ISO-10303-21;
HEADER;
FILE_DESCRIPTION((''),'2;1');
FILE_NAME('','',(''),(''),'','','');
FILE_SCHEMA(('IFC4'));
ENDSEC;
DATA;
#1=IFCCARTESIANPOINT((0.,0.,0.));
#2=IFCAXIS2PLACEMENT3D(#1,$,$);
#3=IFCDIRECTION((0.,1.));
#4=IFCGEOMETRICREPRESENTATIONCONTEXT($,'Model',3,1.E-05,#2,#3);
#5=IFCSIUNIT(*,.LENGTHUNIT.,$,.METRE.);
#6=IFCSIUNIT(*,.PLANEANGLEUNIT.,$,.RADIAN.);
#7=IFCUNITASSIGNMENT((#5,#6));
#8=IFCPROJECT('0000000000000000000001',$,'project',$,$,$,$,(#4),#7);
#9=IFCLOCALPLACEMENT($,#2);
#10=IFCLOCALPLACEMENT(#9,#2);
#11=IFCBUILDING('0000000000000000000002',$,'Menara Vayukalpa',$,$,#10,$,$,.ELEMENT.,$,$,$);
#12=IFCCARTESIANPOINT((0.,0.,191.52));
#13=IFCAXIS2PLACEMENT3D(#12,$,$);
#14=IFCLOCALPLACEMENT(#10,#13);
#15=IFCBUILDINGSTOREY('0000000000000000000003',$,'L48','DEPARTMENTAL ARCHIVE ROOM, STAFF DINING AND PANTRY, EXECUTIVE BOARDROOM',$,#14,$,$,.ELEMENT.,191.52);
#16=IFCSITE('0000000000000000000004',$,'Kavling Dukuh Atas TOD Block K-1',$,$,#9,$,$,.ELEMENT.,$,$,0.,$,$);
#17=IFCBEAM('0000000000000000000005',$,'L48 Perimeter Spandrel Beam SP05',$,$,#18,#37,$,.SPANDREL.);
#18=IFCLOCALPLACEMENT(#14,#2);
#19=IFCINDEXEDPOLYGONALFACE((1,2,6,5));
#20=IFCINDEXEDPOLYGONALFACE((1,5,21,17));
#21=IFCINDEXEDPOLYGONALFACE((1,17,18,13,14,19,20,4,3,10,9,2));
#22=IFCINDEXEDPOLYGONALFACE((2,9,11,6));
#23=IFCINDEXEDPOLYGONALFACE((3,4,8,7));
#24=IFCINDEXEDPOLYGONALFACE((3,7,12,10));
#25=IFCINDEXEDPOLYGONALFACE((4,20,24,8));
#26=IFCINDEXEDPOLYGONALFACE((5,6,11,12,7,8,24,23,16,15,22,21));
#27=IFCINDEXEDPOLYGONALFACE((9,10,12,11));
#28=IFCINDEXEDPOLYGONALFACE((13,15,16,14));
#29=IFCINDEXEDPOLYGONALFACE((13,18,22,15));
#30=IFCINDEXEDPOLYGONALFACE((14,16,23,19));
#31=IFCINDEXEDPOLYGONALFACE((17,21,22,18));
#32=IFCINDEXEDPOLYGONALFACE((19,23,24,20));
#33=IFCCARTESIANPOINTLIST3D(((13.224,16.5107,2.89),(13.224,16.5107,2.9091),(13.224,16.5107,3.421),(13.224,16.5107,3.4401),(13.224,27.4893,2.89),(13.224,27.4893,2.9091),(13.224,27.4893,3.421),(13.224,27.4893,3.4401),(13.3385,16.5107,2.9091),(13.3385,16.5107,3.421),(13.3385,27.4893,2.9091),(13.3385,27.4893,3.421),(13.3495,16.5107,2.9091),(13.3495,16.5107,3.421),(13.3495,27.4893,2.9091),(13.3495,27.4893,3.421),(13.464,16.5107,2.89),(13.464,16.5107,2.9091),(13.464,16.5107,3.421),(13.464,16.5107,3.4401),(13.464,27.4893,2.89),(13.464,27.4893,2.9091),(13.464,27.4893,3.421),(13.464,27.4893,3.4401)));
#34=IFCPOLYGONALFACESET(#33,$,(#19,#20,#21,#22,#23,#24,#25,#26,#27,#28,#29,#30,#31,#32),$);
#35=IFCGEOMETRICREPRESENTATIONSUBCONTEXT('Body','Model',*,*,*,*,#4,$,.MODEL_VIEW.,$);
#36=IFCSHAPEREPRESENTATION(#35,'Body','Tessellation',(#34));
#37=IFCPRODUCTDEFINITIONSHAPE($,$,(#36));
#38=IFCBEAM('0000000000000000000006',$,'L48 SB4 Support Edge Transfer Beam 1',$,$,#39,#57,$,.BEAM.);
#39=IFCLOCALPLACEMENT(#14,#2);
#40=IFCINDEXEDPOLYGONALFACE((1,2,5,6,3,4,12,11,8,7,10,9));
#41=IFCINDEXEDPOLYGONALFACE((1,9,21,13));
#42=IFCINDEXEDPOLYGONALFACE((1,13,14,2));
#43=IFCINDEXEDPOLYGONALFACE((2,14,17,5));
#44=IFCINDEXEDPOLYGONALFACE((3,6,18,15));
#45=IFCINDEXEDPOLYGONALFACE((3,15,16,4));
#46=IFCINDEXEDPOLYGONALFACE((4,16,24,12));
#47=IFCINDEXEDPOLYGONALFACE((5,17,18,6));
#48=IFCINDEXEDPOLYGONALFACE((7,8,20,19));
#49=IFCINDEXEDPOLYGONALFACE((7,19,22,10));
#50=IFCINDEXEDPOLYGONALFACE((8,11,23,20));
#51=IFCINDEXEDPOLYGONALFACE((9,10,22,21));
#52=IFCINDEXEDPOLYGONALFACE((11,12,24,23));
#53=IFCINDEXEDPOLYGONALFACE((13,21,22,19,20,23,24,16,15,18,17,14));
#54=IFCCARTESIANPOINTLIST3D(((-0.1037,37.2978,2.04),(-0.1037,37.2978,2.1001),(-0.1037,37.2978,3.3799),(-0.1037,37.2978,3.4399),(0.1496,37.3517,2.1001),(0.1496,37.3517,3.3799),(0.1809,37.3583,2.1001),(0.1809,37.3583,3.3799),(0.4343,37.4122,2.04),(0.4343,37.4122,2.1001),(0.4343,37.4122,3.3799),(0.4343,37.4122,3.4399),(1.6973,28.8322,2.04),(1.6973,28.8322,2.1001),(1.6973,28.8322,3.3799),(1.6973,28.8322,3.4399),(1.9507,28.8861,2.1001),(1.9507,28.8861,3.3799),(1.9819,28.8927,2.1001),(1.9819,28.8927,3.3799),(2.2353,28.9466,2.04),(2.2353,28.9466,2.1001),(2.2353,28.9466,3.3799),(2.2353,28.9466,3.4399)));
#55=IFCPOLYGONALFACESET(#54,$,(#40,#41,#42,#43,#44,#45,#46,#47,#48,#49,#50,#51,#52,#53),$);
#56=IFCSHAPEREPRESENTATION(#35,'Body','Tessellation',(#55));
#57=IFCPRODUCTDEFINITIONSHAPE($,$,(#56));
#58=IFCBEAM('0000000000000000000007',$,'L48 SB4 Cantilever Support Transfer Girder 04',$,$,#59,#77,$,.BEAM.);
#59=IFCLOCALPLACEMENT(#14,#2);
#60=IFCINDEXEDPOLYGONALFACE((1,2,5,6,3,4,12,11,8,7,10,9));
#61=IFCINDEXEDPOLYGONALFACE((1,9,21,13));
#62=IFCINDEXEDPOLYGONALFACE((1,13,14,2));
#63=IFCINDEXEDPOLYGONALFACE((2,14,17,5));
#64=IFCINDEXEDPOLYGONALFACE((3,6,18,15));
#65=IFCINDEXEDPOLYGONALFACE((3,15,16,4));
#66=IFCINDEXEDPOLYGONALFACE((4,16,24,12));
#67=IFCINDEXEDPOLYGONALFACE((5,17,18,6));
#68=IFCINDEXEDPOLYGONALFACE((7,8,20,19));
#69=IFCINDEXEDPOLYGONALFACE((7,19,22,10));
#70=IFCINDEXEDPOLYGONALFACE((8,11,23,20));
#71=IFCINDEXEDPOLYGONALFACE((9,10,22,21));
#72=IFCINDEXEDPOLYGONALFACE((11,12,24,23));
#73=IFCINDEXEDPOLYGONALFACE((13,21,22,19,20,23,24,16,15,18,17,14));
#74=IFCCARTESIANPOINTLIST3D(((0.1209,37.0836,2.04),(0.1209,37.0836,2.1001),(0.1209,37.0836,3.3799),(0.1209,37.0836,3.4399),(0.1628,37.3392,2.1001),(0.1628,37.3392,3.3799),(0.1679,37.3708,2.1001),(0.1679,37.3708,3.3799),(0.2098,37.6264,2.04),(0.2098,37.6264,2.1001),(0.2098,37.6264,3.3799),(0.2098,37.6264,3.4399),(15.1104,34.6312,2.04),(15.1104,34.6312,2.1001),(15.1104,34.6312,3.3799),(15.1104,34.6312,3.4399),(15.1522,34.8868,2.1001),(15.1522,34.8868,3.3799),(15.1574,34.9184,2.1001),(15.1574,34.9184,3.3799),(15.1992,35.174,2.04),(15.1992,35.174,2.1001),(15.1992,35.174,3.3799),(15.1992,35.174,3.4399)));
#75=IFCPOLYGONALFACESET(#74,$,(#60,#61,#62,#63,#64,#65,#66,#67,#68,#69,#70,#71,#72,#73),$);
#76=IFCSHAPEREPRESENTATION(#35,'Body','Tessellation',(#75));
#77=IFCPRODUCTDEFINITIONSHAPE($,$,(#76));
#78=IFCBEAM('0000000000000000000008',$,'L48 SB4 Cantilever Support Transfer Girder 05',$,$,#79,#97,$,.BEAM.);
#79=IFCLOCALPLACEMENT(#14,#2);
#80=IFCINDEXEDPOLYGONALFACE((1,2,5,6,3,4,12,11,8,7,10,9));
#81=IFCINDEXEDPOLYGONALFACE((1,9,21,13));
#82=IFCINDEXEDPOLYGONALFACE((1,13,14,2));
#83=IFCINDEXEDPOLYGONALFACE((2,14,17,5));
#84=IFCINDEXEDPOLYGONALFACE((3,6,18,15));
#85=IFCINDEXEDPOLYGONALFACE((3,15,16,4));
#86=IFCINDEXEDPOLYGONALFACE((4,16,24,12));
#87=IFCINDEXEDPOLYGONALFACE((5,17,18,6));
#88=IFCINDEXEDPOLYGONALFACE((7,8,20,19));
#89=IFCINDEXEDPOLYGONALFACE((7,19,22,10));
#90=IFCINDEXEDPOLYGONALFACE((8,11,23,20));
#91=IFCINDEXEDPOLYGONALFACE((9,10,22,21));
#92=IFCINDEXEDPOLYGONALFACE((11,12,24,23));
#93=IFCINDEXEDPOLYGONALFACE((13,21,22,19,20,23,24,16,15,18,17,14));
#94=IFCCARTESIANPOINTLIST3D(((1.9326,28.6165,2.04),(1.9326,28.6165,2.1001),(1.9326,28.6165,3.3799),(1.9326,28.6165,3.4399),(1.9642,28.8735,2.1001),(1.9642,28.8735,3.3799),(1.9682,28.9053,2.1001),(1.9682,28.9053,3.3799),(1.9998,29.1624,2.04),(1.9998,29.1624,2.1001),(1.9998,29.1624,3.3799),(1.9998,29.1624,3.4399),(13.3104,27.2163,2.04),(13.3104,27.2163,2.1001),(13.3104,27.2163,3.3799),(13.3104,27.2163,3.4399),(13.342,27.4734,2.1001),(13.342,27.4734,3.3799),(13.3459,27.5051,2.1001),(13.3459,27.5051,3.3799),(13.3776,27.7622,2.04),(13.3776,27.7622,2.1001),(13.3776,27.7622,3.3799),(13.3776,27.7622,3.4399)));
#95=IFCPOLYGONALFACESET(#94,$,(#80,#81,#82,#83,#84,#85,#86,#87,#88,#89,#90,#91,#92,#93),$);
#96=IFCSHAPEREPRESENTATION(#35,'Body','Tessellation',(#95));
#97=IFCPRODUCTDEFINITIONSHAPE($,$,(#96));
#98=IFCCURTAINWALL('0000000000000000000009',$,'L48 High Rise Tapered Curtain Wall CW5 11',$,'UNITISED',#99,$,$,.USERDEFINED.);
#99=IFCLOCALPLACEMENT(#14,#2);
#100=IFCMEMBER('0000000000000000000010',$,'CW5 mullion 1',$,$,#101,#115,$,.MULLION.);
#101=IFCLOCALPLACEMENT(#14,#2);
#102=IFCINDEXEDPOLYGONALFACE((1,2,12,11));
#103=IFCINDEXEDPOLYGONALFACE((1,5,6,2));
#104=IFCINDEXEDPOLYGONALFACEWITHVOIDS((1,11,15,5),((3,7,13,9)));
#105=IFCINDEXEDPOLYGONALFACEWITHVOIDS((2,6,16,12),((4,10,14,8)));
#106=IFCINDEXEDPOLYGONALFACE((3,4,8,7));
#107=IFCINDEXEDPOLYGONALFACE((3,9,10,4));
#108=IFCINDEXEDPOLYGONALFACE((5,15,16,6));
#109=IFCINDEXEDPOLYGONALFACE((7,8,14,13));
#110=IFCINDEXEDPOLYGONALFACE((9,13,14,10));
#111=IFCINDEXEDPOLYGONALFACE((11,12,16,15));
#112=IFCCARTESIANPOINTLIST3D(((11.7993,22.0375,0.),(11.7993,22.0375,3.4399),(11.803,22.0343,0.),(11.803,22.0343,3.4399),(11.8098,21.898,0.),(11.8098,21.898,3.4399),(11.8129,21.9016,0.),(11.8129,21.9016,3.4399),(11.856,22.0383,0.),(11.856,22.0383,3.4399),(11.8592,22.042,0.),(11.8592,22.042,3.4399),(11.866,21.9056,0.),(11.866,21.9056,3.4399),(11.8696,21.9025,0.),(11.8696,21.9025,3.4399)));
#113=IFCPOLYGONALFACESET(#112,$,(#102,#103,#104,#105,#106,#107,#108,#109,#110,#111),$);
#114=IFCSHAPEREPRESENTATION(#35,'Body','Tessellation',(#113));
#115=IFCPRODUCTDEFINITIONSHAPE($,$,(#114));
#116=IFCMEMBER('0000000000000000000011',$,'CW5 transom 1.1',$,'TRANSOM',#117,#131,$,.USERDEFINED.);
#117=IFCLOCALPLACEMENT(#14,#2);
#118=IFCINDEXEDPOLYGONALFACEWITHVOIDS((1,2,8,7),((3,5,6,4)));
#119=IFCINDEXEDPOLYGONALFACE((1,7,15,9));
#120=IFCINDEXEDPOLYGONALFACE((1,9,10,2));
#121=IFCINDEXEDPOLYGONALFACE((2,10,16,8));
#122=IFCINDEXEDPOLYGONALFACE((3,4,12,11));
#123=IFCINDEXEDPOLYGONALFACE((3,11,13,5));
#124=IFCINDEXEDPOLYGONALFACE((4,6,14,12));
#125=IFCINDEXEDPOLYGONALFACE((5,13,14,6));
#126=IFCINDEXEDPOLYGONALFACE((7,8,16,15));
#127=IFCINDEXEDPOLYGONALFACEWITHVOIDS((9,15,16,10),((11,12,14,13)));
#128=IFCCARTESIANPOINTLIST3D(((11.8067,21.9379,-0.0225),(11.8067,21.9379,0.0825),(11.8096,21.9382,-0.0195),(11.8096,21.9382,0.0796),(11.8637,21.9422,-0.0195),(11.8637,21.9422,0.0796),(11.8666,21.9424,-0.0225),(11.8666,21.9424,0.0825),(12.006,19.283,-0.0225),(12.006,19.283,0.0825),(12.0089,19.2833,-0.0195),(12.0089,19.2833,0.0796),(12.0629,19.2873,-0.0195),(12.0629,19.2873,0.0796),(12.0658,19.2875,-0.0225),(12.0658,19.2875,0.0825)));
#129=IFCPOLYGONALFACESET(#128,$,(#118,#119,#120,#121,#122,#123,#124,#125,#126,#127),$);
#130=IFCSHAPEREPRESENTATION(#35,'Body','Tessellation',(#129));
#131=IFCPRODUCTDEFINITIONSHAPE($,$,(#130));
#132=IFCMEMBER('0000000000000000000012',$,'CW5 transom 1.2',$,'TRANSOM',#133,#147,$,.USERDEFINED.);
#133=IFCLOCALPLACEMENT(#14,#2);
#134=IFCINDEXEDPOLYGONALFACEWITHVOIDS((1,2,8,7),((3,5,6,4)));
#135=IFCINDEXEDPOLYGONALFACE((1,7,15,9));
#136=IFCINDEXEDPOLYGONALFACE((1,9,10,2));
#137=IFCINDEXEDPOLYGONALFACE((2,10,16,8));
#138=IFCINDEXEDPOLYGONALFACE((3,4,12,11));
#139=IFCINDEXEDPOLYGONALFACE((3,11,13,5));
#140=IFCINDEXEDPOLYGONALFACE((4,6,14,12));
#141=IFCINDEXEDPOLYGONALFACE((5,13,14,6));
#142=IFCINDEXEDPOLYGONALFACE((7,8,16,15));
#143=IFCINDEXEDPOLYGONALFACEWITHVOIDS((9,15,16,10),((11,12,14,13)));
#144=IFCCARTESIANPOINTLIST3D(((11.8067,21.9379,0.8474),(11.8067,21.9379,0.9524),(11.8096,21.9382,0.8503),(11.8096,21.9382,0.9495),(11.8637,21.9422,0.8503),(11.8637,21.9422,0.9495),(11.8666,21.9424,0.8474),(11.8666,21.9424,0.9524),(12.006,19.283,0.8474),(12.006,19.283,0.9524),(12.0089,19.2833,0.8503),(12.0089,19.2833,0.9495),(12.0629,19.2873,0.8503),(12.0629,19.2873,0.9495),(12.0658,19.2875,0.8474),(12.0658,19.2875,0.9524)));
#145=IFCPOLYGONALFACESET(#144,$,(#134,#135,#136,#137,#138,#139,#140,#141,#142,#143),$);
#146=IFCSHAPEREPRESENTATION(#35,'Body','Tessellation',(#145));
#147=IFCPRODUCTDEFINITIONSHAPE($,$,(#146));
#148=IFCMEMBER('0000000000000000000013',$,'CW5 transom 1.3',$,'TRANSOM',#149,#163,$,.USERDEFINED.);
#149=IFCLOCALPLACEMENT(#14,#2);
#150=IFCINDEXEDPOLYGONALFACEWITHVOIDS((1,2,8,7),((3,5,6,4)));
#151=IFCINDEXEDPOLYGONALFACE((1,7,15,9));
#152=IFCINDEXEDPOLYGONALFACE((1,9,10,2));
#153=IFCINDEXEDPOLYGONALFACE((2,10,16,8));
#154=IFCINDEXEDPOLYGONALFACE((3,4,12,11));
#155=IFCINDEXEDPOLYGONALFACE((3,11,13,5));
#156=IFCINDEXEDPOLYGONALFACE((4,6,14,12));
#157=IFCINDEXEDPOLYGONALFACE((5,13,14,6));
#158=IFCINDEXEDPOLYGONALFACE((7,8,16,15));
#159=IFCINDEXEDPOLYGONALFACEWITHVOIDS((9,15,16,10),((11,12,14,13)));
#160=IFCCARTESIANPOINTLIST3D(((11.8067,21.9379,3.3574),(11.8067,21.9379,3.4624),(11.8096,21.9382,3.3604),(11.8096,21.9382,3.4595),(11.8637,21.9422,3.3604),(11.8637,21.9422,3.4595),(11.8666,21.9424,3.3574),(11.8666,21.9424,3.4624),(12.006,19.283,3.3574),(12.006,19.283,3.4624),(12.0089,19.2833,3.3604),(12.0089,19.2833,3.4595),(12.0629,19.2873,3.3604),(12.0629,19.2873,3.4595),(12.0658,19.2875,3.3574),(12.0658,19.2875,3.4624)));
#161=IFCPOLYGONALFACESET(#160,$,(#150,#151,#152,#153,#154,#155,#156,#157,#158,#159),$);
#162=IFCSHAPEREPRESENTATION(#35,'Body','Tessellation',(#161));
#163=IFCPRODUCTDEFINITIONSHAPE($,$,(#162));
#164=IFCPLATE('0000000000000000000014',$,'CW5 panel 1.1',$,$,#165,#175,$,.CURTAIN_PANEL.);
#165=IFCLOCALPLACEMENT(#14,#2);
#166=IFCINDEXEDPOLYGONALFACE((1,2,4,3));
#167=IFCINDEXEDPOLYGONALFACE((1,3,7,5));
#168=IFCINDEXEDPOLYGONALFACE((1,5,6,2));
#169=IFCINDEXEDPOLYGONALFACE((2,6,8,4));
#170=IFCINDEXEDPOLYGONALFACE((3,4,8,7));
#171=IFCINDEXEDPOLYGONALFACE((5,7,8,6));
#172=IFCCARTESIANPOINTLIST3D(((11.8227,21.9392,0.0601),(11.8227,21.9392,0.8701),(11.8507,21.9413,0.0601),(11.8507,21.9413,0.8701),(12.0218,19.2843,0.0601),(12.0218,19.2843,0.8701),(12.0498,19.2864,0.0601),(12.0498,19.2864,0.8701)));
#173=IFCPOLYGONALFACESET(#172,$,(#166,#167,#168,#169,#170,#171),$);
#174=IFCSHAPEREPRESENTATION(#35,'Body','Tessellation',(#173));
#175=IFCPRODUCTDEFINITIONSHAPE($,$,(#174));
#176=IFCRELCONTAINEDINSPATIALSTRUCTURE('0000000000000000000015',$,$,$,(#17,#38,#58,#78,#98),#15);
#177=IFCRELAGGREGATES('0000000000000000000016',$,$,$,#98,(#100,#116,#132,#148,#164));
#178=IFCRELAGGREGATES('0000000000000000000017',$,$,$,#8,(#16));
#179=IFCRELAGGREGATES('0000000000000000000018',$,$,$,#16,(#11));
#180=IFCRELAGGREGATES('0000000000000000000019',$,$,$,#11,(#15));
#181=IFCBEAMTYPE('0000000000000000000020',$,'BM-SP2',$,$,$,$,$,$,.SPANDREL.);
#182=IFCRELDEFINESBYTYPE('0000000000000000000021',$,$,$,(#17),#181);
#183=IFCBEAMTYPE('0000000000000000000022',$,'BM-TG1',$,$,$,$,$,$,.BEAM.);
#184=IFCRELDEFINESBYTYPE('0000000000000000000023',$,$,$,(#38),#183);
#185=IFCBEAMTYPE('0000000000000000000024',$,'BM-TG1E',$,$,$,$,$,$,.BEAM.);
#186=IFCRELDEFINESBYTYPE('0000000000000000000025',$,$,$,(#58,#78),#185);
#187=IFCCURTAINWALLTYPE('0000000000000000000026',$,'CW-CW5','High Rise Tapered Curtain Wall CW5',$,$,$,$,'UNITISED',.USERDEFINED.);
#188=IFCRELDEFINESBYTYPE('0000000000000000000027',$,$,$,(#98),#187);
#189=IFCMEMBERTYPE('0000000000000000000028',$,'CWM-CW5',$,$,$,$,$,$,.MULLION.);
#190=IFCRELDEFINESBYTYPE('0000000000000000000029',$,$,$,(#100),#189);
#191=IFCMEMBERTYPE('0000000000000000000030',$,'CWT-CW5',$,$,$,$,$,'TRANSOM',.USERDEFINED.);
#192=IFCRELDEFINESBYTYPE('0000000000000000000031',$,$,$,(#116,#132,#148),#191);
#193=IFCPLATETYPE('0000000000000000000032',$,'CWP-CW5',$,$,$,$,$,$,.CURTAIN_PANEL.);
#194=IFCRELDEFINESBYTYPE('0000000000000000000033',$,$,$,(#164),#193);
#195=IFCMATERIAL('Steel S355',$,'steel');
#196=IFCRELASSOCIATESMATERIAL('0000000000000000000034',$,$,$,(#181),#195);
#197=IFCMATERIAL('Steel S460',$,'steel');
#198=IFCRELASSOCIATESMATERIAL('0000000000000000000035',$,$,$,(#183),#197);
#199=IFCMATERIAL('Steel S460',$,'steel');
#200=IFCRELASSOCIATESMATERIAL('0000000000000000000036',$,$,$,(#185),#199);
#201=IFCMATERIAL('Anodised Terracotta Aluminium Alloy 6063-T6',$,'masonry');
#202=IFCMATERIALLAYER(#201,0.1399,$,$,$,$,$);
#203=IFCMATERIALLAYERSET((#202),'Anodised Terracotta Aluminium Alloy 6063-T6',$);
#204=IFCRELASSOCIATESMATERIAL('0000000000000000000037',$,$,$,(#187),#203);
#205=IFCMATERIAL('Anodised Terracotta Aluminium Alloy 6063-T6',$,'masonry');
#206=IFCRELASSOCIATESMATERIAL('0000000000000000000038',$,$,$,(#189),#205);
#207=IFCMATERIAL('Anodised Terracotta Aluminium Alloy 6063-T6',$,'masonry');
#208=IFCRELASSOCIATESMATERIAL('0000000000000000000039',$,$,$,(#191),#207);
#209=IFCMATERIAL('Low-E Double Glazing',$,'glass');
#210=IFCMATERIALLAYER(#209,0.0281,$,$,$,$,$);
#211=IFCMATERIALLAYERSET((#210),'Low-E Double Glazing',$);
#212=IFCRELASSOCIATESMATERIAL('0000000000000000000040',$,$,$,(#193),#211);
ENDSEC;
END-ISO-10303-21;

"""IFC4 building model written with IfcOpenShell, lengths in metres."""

from ifc_helpers import new_model, si_unit, direction, frame, origin, origin_2d, place, context, subcontext, project, spatial, rectangle, hollow_rectangle, i_section, extrude, material, layer, layer_set, material_profile, profile_set, type_object, element, aggregate, save


model = new_model("IFC4")

# Units and contexts
model_context = context("Model", 3, precision=1e-05, world=origin(), true_north=direction((0.0, 1.0)))
body_context = subcontext(model_context, "Body", "Model", "MODEL_VIEW")
ifc_project = project(units=[si_unit("LENGTHUNIT", "METRE"), si_unit("PLANEANGLEUNIT", "RADIAN")], contexts=[model_context])

# Site, building, storey
site_placement = place(None, origin())
site = spatial("IfcSite", under=ifc_project, at=site_placement, Name="Kavling Dukuh Atas TOD Block K-1", CompositionType="ELEMENT", RefElevation=0.0)
building_placement = place(site_placement, origin())
building = spatial("IfcBuilding", under=site, at=building_placement, Name="Menara Vayukalpa", CompositionType="ELEMENT")
storey_placement = place(building_placement, frame((0.0, 0.0, 191.52)))
storey = spatial("IfcBuildingStorey", under=building, at=storey_placement, Name="L48", Description="DEPARTMENTAL ARCHIVE ROOM, STAFF DINING AND PANTRY, EXECUTIVE BOARDROOM", CompositionType="ELEMENT", Elevation=191.52)

# Beams
ifc_material_1 = material(Name="Steel S355", Category="steel")
ifc_material_profile_1 = material_profile(ifc_material_1, i_section(OverallWidth=0.24, OverallDepth=0.55, WebThickness=0.011, FlangeThickness=0.019, at=origin_2d()), Name="WF 550x240x11x19")
ifc_profile_set_1 = profile_set([ifc_material_profile_1], Name="Steel S355")
beam_type_1 = type_object("IfcBeamType", Name="BM-SP2", PredefinedType="SPANDREL", material=ifc_profile_set_1)
beam_1_placement = place(storey_placement, frame((13.344, 27.4893, 3.165), z_axis=(0.0, -1.0, 0.0), x_axis=(1.0, 0.0, 0.0)))
element("IfcBeam", 1, at=beam_1_placement, inside=storey, type_object=beam_type_1, Name="L48 Perimeter Spandrel Beam SP05", PredefinedType="SPANDREL", context=body_context, shape_type="SweptSolid", body=[
    extrude(i_section(OverallWidth=0.24, OverallDepth=0.55, WebThickness=0.011, FlangeThickness=0.019, at=origin_2d()), origin(), (0.0, 0.0, 1.0), 10.9785),
])
ifc_material_2 = material(Name="Steel S460", Category="steel")
ifc_material_profile_2 = material_profile(ifc_material_2, i_section(OverallWidth=0.55, OverallDepth=1.3999, WebThickness=0.032, FlangeThickness=0.0601, at=origin_2d()), Name="WG 1400x550x32x60")
ifc_profile_set_2 = profile_set([ifc_material_profile_2], Name="Steel S460")
beam_type_2 = type_object("IfcBeamType", Name="BM-TG1", PredefinedType="BEAM", material=ifc_profile_set_2)
beam_2_placement = place(storey_placement, frame((0.1653, 37.355, 2.74), z_axis=(0.20809, -0.97811, 0.0), x_axis=(0.97811, 0.20809, 0.0)))
element("IfcBeam", 2, at=beam_2_placement, inside=storey, type_object=beam_type_2, Name="L48 SB4 Support Edge Transfer Beam 1", PredefinedType="BEAM", context=body_context, shape_type="SweptSolid", body=[
    extrude(i_section(OverallWidth=0.55, OverallDepth=1.3999, WebThickness=0.032, FlangeThickness=0.0601, at=origin_2d()), origin(), (0.0, 0.0, 1.0), 8.655),
])
ifc_material_3 = material(Name="Steel S460", Category="steel")
ifc_material_profile_3 = material_profile(ifc_material_3, i_section(OverallWidth=0.55, OverallDepth=1.3999, WebThickness=0.032, FlangeThickness=0.0601, at=origin_2d()), Name="WG 1400x550x32x60")
ifc_profile_set_3 = profile_set([ifc_material_profile_3], Name="Steel S460")
beam_type_3 = type_object("IfcBeamType", Name="BM-TG1E", PredefinedType="BEAM", material=ifc_profile_set_3)
beam_3_placement = place(storey_placement, frame((15.1548, 34.9026, 2.74), z_axis=(-0.986879, 0.161461, 0.0), x_axis=(-0.161461, -0.986879, 0.0)))
element("IfcBeam", 3, at=beam_3_placement, inside=storey, type_object=beam_type_3, Name="L48 SB4 Cantilever Support Transfer Girder 04", PredefinedType="BEAM", context=body_context, shape_type="SweptSolid", body=[
    extrude(i_section(OverallWidth=0.55, OverallDepth=1.3999, WebThickness=0.032, FlangeThickness=0.0601, at=origin_2d()), origin(), (0.0, 0.0, 1.0), 15.1887),
])
beam_4_placement = place(storey_placement, frame((13.344, 27.4893, 2.74), z_axis=(-0.992513, 0.122139, 0.0), x_axis=(-0.122139, -0.992513, 0.0)))
element("IfcBeam", 4, at=beam_4_placement, inside=storey, type_object=beam_type_3, Name="L48 SB4 Cantilever Support Transfer Girder 05", PredefinedType="BEAM", context=body_context, shape_type="SweptSolid", body=[
    extrude(i_section(OverallWidth=0.55, OverallDepth=1.3999, WebThickness=0.032, FlangeThickness=0.0601, at=origin_2d()), origin(), (0.0, 0.0, 1.0), 11.4636),
])

# Curtain wall, members, plate
ifc_material_4 = material(Name="Anodised Terracotta Aluminium Alloy 6063-T6", Category="masonry")
ifc_layer_1 = layer(ifc_material_4, 0.1399)
ifc_layer_set_1 = layer_set([ifc_layer_1], Name="Anodised Terracotta Aluminium Alloy 6063-T6")
curtain_wall_type = type_object("IfcCurtainWallType", Name="CW-CW5", Description="High Rise Tapered Curtain Wall CW5", ElementType="UNITISED", PredefinedType="USERDEFINED", material=ifc_layer_set_1)
curtain_wall_placement = place(storey_placement, origin())
curtain_wall = element("IfcCurtainWall", 5, at=curtain_wall_placement, inside=storey, type_object=curtain_wall_type, Name="L48 High Rise Tapered Curtain Wall CW5 11", ObjectType="UNITISED", PredefinedType="USERDEFINED")
ifc_material_5 = material(Name="Anodised Terracotta Aluminium Alloy 6063-T6", Category="masonry")
ifc_material_profile_4 = material_profile(ifc_material_5, hollow_rectangle(XDim=0.0601, YDim=0.1399, WallThickness=0.0034, at=origin_2d()), Name="ALU 60x140x3.5")
ifc_profile_set_4 = profile_set([ifc_material_profile_4], Name="Anodised Terracotta Aluminium Alloy 6063-T6")
member_type_1 = type_object("IfcMemberType", Name="CWM-CW5", PredefinedType="MULLION", material=ifc_profile_set_4)
member_1_placement = place(storey_placement, frame((11.8345, 21.97, 0.0), z_axis=(0.0, 0.0, 1.0), x_axis=(0.997199, 0.074792, 0.0)))
member_1 = element("IfcMember", 6, at=member_1_placement, type_object=member_type_1, Name="CW5 mullion 1", PredefinedType="MULLION", context=body_context, shape_type="SweptSolid", body=[
    extrude(hollow_rectangle(XDim=0.0601, YDim=0.1399, WallThickness=0.0034, at=origin_2d()), origin(), (0.0, 0.0, 1.0), 3.4399),
])
ifc_material_6 = material(Name="Anodised Terracotta Aluminium Alloy 6063-T6", Category="masonry")
ifc_material_profile_5 = material_profile(ifc_material_6, hollow_rectangle(XDim=0.0601, YDim=0.105, WallThickness=0.0029, at=origin_2d()), Name="ALU 60x105x3")
ifc_profile_set_5 = profile_set([ifc_material_profile_5], Name="Anodised Terracotta Aluminium Alloy 6063-T6")
member_type_2 = type_object("IfcMemberType", Name="CWT-CW5", ElementType="TRANSOM", PredefinedType="USERDEFINED", material=ifc_profile_set_5)
member_2_placement = place(storey_placement, frame((11.8367, 21.9402, 0.03), z_axis=(0.074831, -0.997196, 0.0), x_axis=(0.997196, 0.074831, 0.0)))
member_2 = element("IfcMember", 7, at=member_2_placement, type_object=member_type_2, Name="CW5 transom 1.1", ObjectType="TRANSOM", PredefinedType="USERDEFINED", context=body_context, shape_type="SweptSolid", body=[
    extrude(hollow_rectangle(XDim=0.0601, YDim=0.105, WallThickness=0.0029, at=origin_2d()), origin(), (0.0, 0.0, 1.0), 2.6624),
])
member_3_placement = place(storey_placement, frame((11.8367, 21.9402, 0.8999), z_axis=(0.074831, -0.997196, 0.0), x_axis=(0.997196, 0.074831, 0.0)))
member_3 = element("IfcMember", 8, at=member_3_placement, type_object=member_type_2, Name="CW5 transom 1.2", ObjectType="TRANSOM", PredefinedType="USERDEFINED", context=body_context, shape_type="SweptSolid", body=[
    extrude(hollow_rectangle(XDim=0.0601, YDim=0.105, WallThickness=0.0029, at=origin_2d()), origin(), (0.0, 0.0, 1.0), 2.6624),
])
member_4_placement = place(storey_placement, frame((11.8367, 21.9402, 3.4099), z_axis=(0.074831, -0.997196, 0.0), x_axis=(0.997196, 0.074831, 0.0)))
member_4 = element("IfcMember", 9, at=member_4_placement, type_object=member_type_2, Name="CW5 transom 1.3", ObjectType="TRANSOM", PredefinedType="USERDEFINED", context=body_context, shape_type="SweptSolid", body=[
    extrude(hollow_rectangle(XDim=0.0601, YDim=0.105, WallThickness=0.0029, at=origin_2d()), origin(), (0.0, 0.0, 1.0), 2.6624),
])
ifc_material_7 = material(Name="Low-E Double Glazing", Category="glass")
ifc_layer_2 = layer(ifc_material_7, 0.0281)
ifc_layer_set_2 = layer_set([ifc_layer_2], Name="Low-E Double Glazing")
plate_type_1 = type_object("IfcPlateType", Name="CWP-CW5", PredefinedType="CURTAIN_PANEL", material=ifc_layer_set_2)
plate_1_placement = place(storey_placement, frame((11.9363, 20.6128, 0.0601), z_axis=(0.0, 0.0, 1.0), x_axis=(0.074792, -0.997199, 0.0)))
plate_1 = element("IfcPlate", 10, at=plate_1_placement, type_object=plate_type_1, Name="CW5 panel 1.1", PredefinedType="CURTAIN_PANEL", context=body_context, shape_type="SweptSolid", body=[
    extrude(rectangle(XDim=2.6624, YDim=0.0281, at=origin_2d()), origin(), (0.0, 0.0, 1.0), 0.8101),
])
aggregate(curtain_wall, [member_1, member_2, member_3, member_4, plate_1])

save(model, "model.ifc")
